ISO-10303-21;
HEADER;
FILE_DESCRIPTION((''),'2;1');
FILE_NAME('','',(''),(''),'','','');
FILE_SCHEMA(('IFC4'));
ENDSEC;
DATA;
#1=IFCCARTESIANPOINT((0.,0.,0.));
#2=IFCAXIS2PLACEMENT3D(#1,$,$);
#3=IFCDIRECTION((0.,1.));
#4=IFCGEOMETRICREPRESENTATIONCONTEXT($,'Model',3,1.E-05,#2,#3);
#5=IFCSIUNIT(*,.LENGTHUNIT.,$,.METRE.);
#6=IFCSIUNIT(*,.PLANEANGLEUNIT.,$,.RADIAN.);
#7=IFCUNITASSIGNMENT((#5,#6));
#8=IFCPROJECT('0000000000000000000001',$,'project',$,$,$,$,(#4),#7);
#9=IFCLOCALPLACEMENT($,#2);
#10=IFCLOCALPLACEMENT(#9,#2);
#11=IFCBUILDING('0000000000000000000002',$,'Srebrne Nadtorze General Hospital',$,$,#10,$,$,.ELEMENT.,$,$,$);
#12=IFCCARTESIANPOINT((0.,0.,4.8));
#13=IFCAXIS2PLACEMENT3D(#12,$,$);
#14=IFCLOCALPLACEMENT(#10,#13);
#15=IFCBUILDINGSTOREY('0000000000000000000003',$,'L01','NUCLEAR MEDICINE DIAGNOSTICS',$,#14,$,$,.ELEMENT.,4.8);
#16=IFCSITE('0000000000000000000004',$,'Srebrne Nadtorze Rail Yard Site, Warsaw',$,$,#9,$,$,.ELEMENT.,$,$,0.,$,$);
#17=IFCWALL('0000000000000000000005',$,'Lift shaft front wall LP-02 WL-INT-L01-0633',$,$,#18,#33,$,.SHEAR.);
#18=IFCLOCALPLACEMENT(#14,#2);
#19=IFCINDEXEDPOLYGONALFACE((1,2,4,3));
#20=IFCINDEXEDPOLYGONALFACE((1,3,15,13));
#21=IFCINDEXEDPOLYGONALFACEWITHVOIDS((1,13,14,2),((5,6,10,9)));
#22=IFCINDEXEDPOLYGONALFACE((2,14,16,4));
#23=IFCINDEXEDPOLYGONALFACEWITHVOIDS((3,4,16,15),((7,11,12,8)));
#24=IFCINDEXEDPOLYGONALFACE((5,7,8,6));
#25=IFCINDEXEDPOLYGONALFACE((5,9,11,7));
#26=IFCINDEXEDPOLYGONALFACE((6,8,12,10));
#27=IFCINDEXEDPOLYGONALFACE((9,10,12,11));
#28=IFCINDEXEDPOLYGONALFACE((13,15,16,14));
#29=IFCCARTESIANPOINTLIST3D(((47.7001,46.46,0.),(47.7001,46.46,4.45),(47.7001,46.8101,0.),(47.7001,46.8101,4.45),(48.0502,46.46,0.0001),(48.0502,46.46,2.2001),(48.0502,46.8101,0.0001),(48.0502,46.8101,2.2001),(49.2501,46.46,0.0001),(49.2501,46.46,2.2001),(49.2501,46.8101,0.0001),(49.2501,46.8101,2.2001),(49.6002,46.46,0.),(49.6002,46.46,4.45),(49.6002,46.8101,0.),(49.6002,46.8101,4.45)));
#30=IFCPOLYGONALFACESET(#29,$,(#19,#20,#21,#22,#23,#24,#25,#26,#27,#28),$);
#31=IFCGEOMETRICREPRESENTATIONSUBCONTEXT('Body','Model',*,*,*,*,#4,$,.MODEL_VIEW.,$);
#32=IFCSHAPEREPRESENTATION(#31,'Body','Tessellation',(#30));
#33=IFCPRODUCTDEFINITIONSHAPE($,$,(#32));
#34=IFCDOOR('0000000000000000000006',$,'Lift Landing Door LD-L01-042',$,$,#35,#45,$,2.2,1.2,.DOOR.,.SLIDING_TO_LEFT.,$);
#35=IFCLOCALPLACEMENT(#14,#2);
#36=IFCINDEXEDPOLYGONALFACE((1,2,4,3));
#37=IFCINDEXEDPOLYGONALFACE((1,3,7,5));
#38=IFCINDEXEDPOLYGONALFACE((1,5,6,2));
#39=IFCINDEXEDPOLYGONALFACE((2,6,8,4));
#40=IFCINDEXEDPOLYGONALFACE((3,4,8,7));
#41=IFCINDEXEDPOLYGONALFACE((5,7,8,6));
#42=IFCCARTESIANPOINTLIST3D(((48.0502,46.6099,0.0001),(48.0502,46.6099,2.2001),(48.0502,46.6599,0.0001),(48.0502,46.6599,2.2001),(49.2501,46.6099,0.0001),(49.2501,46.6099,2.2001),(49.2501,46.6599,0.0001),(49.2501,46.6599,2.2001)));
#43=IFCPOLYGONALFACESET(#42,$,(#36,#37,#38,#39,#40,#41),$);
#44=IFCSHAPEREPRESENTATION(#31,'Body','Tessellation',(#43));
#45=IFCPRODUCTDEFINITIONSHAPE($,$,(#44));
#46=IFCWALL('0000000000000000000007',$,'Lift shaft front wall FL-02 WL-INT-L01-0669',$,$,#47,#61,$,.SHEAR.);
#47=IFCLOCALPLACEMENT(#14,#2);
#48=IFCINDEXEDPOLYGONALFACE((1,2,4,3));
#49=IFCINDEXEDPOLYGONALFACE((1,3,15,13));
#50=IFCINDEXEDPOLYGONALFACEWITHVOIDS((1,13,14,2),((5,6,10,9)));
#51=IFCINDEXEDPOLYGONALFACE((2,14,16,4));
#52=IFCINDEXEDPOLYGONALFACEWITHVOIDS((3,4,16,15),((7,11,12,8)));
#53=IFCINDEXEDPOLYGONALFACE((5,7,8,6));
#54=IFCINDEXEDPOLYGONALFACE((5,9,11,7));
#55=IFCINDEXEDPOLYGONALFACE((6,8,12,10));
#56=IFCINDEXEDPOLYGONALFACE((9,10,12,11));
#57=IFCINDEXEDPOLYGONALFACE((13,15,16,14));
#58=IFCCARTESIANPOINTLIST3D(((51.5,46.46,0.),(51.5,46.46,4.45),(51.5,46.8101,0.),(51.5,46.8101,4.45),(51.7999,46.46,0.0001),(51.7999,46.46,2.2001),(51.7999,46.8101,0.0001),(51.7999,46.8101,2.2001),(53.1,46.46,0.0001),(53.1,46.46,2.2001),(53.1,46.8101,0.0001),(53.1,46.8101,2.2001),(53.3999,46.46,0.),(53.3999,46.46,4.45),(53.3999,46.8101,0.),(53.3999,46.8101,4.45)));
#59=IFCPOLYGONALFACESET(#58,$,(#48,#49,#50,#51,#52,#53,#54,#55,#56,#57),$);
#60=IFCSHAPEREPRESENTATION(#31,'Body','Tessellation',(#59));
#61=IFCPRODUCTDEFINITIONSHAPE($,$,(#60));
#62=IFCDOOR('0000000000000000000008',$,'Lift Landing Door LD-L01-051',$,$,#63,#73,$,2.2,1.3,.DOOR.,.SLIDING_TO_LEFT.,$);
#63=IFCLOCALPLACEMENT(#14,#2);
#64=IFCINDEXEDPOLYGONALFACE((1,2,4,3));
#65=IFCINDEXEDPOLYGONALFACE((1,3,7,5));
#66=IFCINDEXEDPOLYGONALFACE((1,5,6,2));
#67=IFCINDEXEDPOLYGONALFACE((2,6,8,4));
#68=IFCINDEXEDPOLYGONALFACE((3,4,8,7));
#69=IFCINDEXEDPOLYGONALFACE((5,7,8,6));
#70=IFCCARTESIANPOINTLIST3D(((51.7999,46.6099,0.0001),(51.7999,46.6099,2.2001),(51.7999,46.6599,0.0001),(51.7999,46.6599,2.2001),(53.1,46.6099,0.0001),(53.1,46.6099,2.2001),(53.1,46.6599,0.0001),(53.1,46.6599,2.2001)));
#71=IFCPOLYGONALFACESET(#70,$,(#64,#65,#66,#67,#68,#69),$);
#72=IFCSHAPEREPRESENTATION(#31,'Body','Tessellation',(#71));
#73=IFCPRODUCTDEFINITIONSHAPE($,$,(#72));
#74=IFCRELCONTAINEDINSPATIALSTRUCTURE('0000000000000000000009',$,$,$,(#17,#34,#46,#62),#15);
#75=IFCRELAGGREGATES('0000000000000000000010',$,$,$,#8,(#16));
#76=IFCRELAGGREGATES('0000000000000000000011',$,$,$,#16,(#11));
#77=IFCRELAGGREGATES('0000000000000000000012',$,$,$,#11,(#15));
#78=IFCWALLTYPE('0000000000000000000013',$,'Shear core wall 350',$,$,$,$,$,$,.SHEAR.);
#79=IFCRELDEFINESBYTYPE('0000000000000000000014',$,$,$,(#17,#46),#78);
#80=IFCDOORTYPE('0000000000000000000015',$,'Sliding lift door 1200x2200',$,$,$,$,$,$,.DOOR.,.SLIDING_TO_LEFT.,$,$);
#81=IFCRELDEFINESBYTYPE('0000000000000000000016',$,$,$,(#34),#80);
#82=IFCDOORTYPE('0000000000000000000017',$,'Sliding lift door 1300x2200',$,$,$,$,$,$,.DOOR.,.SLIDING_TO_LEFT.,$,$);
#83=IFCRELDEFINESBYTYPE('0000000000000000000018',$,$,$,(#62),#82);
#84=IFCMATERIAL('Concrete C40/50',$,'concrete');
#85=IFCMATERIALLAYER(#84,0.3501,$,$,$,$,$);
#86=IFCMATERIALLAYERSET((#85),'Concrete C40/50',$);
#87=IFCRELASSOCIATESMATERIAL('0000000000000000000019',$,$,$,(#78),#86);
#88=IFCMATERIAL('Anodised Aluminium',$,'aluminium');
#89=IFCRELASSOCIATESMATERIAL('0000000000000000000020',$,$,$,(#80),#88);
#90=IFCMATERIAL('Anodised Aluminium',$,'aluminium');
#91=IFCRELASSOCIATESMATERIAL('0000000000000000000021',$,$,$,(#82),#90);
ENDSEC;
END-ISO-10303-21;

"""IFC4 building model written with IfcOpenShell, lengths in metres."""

from ifc_helpers import new_model, si_unit, direction, frame, frame_2d, origin, place, context, subcontext, project, spatial, rectangle, extrude, material, layer, layer_set, type_object, element, fill, save


model = new_model("IFC4")

# Units and contexts
model_context = context("Model", 3, precision=1e-05, world=origin(), true_north=direction((0.0, 1.0)))
body_context = subcontext(model_context, "Body", "Model", "MODEL_VIEW")
ifc_project = project(units=[si_unit("LENGTHUNIT", "METRE"), si_unit("PLANEANGLEUNIT", "RADIAN")], contexts=[model_context])

# Site, building, storey
site_placement = place(None, origin())
site = spatial("IfcSite", under=ifc_project, at=site_placement, Name="Srebrne Nadtorze Rail Yard Site, Warsaw", CompositionType="ELEMENT", RefElevation=0.0)
building_placement = place(site_placement, origin())
building = spatial("IfcBuilding", under=site, at=building_placement, Name="Srebrne Nadtorze General Hospital", CompositionType="ELEMENT")
storey_placement = place(building_placement, frame((0.0, 0.0, 4.8)))
storey = spatial("IfcBuildingStorey", under=building, at=storey_placement, Name="L01", Description="NUCLEAR MEDICINE DIAGNOSTICS", CompositionType="ELEMENT", Elevation=4.8)

# Walls, openings, doors
ifc_material_1 = material(Name="Concrete C40/50", Category="concrete")
ifc_layer_1 = layer(ifc_material_1, 0.3501)
ifc_layer_set_1 = layer_set([ifc_layer_1], Name="Concrete C40/50")
wall_type_1 = type_object("IfcWallType", Name="Shear core wall 350", PredefinedType="SHEAR", material=ifc_layer_set_1)
wall_1_placement = place(storey_placement, frame((47.7, 46.635, 0.0), z_axis=(0.0, 0.0, 1.0), x_axis=(1.0, 0.0, 0.0)))
wall_1 = element("IfcWall", 1, at=wall_1_placement, inside=storey, type_object=wall_type_1, Name="Lift shaft front wall LP-02 WL-INT-L01-0633", PredefinedType="SHEAR", context=body_context, shape_type="SweptSolid", body=[
    extrude(rectangle(XDim=1.9001, YDim=0.3501, at=frame_2d((0.9502, 0.0))), origin(), (0.0, 0.0, 1.0), 4.45),
])
opening_1_placement = place(wall_1_placement, frame((0.3501, 0.0, 0.0)))
opening_1 = element("IfcOpeningElement", 2, at=opening_1_placement, cuts=wall_1, PredefinedType="OPENING", context=body_context, shape_type="SweptSolid", body=[
    extrude(rectangle(XDim=1.2, YDim=2.2, at=frame_2d((0.6001, 1.1001))), frame((0.0, 0.187, 0.0), z_axis=(0.0, -1.0, 0.0), x_axis=(1.0, 0.0, 0.0)), (0.0, 0.0, 1.0), 0.374),
])
ifc_material_2 = material(Name="Anodised Aluminium", Category="aluminium")
door_type_1 = type_object("IfcDoorType", Name="Sliding lift door 1200x2200", OperationType="SLIDING_TO_LEFT", PredefinedType="DOOR", material=ifc_material_2)
door_1_placement = place(opening_1_placement, origin())
door_1 = element("IfcDoor", 3, at=door_1_placement, inside=storey, type_object=door_type_1, Name="Lift Landing Door LD-L01-042", OperationType="SLIDING_TO_LEFT", OverallHeight=2.2, OverallWidth=1.2, PredefinedType="DOOR", context=body_context, shape_type="SweptSolid", body=[
    extrude(rectangle(XDim=1.2, YDim=2.2, at=frame_2d((0.6001, 1.1001))), frame((0.0, 0.0249, 0.0), z_axis=(0.0, -1.0, 0.0), x_axis=(1.0, 0.0, 0.0)), (0.0, 0.0, 1.0), 0.05),
])
fill(opening_1, door_1)
wall_2_placement = place(storey_placement, frame((51.5, 46.635, 0.0), z_axis=(0.0, 0.0, 1.0), x_axis=(1.0, 0.0, 0.0)))
wall_2 = element("IfcWall", 4, at=wall_2_placement, inside=storey, type_object=wall_type_1, Name="Lift shaft front wall FL-02 WL-INT-L01-0669", PredefinedType="SHEAR", context=body_context, shape_type="SweptSolid", body=[
    extrude(rectangle(XDim=1.8999, YDim=0.3501, at=frame_2d((0.95, 0.0))), origin(), (0.0, 0.0, 1.0), 4.45),
])
opening_2_placement = place(wall_2_placement, frame((0.3, 0.0, 0.0)))
opening_2 = element("IfcOpeningElement", 5, at=opening_2_placement, cuts=wall_2, PredefinedType="OPENING", context=body_context, shape_type="SweptSolid", body=[
    extrude(rectangle(XDim=1.3, YDim=2.2, at=frame_2d((0.6499, 1.1001))), frame((0.0, 0.187, 0.0), z_axis=(0.0, -1.0, 0.0), x_axis=(1.0, 0.0, 0.0)), (0.0, 0.0, 1.0), 0.374),
])
ifc_material_3 = material(Name="Anodised Aluminium", Category="aluminium")
door_type_2 = type_object("IfcDoorType", Name="Sliding lift door 1300x2200", OperationType="SLIDING_TO_LEFT", PredefinedType="DOOR", material=ifc_material_3)
door_2_placement = place(opening_2_placement, origin())
door_2 = element("IfcDoor", 6, at=door_2_placement, inside=storey, type_object=door_type_2, Name="Lift Landing Door LD-L01-051", OperationType="SLIDING_TO_LEFT", OverallHeight=2.2, OverallWidth=1.3, PredefinedType="DOOR", context=body_context, shape_type="SweptSolid", body=[
    extrude(rectangle(XDim=1.3, YDim=2.2, at=frame_2d((0.6499, 1.1001))), frame((0.0, 0.0249, 0.0), z_axis=(0.0, -1.0, 0.0), x_axis=(1.0, 0.0, 0.0)), (0.0, 0.0, 1.0), 0.05),
])
fill(opening_2, door_2)

save(model, "model.ifc")
